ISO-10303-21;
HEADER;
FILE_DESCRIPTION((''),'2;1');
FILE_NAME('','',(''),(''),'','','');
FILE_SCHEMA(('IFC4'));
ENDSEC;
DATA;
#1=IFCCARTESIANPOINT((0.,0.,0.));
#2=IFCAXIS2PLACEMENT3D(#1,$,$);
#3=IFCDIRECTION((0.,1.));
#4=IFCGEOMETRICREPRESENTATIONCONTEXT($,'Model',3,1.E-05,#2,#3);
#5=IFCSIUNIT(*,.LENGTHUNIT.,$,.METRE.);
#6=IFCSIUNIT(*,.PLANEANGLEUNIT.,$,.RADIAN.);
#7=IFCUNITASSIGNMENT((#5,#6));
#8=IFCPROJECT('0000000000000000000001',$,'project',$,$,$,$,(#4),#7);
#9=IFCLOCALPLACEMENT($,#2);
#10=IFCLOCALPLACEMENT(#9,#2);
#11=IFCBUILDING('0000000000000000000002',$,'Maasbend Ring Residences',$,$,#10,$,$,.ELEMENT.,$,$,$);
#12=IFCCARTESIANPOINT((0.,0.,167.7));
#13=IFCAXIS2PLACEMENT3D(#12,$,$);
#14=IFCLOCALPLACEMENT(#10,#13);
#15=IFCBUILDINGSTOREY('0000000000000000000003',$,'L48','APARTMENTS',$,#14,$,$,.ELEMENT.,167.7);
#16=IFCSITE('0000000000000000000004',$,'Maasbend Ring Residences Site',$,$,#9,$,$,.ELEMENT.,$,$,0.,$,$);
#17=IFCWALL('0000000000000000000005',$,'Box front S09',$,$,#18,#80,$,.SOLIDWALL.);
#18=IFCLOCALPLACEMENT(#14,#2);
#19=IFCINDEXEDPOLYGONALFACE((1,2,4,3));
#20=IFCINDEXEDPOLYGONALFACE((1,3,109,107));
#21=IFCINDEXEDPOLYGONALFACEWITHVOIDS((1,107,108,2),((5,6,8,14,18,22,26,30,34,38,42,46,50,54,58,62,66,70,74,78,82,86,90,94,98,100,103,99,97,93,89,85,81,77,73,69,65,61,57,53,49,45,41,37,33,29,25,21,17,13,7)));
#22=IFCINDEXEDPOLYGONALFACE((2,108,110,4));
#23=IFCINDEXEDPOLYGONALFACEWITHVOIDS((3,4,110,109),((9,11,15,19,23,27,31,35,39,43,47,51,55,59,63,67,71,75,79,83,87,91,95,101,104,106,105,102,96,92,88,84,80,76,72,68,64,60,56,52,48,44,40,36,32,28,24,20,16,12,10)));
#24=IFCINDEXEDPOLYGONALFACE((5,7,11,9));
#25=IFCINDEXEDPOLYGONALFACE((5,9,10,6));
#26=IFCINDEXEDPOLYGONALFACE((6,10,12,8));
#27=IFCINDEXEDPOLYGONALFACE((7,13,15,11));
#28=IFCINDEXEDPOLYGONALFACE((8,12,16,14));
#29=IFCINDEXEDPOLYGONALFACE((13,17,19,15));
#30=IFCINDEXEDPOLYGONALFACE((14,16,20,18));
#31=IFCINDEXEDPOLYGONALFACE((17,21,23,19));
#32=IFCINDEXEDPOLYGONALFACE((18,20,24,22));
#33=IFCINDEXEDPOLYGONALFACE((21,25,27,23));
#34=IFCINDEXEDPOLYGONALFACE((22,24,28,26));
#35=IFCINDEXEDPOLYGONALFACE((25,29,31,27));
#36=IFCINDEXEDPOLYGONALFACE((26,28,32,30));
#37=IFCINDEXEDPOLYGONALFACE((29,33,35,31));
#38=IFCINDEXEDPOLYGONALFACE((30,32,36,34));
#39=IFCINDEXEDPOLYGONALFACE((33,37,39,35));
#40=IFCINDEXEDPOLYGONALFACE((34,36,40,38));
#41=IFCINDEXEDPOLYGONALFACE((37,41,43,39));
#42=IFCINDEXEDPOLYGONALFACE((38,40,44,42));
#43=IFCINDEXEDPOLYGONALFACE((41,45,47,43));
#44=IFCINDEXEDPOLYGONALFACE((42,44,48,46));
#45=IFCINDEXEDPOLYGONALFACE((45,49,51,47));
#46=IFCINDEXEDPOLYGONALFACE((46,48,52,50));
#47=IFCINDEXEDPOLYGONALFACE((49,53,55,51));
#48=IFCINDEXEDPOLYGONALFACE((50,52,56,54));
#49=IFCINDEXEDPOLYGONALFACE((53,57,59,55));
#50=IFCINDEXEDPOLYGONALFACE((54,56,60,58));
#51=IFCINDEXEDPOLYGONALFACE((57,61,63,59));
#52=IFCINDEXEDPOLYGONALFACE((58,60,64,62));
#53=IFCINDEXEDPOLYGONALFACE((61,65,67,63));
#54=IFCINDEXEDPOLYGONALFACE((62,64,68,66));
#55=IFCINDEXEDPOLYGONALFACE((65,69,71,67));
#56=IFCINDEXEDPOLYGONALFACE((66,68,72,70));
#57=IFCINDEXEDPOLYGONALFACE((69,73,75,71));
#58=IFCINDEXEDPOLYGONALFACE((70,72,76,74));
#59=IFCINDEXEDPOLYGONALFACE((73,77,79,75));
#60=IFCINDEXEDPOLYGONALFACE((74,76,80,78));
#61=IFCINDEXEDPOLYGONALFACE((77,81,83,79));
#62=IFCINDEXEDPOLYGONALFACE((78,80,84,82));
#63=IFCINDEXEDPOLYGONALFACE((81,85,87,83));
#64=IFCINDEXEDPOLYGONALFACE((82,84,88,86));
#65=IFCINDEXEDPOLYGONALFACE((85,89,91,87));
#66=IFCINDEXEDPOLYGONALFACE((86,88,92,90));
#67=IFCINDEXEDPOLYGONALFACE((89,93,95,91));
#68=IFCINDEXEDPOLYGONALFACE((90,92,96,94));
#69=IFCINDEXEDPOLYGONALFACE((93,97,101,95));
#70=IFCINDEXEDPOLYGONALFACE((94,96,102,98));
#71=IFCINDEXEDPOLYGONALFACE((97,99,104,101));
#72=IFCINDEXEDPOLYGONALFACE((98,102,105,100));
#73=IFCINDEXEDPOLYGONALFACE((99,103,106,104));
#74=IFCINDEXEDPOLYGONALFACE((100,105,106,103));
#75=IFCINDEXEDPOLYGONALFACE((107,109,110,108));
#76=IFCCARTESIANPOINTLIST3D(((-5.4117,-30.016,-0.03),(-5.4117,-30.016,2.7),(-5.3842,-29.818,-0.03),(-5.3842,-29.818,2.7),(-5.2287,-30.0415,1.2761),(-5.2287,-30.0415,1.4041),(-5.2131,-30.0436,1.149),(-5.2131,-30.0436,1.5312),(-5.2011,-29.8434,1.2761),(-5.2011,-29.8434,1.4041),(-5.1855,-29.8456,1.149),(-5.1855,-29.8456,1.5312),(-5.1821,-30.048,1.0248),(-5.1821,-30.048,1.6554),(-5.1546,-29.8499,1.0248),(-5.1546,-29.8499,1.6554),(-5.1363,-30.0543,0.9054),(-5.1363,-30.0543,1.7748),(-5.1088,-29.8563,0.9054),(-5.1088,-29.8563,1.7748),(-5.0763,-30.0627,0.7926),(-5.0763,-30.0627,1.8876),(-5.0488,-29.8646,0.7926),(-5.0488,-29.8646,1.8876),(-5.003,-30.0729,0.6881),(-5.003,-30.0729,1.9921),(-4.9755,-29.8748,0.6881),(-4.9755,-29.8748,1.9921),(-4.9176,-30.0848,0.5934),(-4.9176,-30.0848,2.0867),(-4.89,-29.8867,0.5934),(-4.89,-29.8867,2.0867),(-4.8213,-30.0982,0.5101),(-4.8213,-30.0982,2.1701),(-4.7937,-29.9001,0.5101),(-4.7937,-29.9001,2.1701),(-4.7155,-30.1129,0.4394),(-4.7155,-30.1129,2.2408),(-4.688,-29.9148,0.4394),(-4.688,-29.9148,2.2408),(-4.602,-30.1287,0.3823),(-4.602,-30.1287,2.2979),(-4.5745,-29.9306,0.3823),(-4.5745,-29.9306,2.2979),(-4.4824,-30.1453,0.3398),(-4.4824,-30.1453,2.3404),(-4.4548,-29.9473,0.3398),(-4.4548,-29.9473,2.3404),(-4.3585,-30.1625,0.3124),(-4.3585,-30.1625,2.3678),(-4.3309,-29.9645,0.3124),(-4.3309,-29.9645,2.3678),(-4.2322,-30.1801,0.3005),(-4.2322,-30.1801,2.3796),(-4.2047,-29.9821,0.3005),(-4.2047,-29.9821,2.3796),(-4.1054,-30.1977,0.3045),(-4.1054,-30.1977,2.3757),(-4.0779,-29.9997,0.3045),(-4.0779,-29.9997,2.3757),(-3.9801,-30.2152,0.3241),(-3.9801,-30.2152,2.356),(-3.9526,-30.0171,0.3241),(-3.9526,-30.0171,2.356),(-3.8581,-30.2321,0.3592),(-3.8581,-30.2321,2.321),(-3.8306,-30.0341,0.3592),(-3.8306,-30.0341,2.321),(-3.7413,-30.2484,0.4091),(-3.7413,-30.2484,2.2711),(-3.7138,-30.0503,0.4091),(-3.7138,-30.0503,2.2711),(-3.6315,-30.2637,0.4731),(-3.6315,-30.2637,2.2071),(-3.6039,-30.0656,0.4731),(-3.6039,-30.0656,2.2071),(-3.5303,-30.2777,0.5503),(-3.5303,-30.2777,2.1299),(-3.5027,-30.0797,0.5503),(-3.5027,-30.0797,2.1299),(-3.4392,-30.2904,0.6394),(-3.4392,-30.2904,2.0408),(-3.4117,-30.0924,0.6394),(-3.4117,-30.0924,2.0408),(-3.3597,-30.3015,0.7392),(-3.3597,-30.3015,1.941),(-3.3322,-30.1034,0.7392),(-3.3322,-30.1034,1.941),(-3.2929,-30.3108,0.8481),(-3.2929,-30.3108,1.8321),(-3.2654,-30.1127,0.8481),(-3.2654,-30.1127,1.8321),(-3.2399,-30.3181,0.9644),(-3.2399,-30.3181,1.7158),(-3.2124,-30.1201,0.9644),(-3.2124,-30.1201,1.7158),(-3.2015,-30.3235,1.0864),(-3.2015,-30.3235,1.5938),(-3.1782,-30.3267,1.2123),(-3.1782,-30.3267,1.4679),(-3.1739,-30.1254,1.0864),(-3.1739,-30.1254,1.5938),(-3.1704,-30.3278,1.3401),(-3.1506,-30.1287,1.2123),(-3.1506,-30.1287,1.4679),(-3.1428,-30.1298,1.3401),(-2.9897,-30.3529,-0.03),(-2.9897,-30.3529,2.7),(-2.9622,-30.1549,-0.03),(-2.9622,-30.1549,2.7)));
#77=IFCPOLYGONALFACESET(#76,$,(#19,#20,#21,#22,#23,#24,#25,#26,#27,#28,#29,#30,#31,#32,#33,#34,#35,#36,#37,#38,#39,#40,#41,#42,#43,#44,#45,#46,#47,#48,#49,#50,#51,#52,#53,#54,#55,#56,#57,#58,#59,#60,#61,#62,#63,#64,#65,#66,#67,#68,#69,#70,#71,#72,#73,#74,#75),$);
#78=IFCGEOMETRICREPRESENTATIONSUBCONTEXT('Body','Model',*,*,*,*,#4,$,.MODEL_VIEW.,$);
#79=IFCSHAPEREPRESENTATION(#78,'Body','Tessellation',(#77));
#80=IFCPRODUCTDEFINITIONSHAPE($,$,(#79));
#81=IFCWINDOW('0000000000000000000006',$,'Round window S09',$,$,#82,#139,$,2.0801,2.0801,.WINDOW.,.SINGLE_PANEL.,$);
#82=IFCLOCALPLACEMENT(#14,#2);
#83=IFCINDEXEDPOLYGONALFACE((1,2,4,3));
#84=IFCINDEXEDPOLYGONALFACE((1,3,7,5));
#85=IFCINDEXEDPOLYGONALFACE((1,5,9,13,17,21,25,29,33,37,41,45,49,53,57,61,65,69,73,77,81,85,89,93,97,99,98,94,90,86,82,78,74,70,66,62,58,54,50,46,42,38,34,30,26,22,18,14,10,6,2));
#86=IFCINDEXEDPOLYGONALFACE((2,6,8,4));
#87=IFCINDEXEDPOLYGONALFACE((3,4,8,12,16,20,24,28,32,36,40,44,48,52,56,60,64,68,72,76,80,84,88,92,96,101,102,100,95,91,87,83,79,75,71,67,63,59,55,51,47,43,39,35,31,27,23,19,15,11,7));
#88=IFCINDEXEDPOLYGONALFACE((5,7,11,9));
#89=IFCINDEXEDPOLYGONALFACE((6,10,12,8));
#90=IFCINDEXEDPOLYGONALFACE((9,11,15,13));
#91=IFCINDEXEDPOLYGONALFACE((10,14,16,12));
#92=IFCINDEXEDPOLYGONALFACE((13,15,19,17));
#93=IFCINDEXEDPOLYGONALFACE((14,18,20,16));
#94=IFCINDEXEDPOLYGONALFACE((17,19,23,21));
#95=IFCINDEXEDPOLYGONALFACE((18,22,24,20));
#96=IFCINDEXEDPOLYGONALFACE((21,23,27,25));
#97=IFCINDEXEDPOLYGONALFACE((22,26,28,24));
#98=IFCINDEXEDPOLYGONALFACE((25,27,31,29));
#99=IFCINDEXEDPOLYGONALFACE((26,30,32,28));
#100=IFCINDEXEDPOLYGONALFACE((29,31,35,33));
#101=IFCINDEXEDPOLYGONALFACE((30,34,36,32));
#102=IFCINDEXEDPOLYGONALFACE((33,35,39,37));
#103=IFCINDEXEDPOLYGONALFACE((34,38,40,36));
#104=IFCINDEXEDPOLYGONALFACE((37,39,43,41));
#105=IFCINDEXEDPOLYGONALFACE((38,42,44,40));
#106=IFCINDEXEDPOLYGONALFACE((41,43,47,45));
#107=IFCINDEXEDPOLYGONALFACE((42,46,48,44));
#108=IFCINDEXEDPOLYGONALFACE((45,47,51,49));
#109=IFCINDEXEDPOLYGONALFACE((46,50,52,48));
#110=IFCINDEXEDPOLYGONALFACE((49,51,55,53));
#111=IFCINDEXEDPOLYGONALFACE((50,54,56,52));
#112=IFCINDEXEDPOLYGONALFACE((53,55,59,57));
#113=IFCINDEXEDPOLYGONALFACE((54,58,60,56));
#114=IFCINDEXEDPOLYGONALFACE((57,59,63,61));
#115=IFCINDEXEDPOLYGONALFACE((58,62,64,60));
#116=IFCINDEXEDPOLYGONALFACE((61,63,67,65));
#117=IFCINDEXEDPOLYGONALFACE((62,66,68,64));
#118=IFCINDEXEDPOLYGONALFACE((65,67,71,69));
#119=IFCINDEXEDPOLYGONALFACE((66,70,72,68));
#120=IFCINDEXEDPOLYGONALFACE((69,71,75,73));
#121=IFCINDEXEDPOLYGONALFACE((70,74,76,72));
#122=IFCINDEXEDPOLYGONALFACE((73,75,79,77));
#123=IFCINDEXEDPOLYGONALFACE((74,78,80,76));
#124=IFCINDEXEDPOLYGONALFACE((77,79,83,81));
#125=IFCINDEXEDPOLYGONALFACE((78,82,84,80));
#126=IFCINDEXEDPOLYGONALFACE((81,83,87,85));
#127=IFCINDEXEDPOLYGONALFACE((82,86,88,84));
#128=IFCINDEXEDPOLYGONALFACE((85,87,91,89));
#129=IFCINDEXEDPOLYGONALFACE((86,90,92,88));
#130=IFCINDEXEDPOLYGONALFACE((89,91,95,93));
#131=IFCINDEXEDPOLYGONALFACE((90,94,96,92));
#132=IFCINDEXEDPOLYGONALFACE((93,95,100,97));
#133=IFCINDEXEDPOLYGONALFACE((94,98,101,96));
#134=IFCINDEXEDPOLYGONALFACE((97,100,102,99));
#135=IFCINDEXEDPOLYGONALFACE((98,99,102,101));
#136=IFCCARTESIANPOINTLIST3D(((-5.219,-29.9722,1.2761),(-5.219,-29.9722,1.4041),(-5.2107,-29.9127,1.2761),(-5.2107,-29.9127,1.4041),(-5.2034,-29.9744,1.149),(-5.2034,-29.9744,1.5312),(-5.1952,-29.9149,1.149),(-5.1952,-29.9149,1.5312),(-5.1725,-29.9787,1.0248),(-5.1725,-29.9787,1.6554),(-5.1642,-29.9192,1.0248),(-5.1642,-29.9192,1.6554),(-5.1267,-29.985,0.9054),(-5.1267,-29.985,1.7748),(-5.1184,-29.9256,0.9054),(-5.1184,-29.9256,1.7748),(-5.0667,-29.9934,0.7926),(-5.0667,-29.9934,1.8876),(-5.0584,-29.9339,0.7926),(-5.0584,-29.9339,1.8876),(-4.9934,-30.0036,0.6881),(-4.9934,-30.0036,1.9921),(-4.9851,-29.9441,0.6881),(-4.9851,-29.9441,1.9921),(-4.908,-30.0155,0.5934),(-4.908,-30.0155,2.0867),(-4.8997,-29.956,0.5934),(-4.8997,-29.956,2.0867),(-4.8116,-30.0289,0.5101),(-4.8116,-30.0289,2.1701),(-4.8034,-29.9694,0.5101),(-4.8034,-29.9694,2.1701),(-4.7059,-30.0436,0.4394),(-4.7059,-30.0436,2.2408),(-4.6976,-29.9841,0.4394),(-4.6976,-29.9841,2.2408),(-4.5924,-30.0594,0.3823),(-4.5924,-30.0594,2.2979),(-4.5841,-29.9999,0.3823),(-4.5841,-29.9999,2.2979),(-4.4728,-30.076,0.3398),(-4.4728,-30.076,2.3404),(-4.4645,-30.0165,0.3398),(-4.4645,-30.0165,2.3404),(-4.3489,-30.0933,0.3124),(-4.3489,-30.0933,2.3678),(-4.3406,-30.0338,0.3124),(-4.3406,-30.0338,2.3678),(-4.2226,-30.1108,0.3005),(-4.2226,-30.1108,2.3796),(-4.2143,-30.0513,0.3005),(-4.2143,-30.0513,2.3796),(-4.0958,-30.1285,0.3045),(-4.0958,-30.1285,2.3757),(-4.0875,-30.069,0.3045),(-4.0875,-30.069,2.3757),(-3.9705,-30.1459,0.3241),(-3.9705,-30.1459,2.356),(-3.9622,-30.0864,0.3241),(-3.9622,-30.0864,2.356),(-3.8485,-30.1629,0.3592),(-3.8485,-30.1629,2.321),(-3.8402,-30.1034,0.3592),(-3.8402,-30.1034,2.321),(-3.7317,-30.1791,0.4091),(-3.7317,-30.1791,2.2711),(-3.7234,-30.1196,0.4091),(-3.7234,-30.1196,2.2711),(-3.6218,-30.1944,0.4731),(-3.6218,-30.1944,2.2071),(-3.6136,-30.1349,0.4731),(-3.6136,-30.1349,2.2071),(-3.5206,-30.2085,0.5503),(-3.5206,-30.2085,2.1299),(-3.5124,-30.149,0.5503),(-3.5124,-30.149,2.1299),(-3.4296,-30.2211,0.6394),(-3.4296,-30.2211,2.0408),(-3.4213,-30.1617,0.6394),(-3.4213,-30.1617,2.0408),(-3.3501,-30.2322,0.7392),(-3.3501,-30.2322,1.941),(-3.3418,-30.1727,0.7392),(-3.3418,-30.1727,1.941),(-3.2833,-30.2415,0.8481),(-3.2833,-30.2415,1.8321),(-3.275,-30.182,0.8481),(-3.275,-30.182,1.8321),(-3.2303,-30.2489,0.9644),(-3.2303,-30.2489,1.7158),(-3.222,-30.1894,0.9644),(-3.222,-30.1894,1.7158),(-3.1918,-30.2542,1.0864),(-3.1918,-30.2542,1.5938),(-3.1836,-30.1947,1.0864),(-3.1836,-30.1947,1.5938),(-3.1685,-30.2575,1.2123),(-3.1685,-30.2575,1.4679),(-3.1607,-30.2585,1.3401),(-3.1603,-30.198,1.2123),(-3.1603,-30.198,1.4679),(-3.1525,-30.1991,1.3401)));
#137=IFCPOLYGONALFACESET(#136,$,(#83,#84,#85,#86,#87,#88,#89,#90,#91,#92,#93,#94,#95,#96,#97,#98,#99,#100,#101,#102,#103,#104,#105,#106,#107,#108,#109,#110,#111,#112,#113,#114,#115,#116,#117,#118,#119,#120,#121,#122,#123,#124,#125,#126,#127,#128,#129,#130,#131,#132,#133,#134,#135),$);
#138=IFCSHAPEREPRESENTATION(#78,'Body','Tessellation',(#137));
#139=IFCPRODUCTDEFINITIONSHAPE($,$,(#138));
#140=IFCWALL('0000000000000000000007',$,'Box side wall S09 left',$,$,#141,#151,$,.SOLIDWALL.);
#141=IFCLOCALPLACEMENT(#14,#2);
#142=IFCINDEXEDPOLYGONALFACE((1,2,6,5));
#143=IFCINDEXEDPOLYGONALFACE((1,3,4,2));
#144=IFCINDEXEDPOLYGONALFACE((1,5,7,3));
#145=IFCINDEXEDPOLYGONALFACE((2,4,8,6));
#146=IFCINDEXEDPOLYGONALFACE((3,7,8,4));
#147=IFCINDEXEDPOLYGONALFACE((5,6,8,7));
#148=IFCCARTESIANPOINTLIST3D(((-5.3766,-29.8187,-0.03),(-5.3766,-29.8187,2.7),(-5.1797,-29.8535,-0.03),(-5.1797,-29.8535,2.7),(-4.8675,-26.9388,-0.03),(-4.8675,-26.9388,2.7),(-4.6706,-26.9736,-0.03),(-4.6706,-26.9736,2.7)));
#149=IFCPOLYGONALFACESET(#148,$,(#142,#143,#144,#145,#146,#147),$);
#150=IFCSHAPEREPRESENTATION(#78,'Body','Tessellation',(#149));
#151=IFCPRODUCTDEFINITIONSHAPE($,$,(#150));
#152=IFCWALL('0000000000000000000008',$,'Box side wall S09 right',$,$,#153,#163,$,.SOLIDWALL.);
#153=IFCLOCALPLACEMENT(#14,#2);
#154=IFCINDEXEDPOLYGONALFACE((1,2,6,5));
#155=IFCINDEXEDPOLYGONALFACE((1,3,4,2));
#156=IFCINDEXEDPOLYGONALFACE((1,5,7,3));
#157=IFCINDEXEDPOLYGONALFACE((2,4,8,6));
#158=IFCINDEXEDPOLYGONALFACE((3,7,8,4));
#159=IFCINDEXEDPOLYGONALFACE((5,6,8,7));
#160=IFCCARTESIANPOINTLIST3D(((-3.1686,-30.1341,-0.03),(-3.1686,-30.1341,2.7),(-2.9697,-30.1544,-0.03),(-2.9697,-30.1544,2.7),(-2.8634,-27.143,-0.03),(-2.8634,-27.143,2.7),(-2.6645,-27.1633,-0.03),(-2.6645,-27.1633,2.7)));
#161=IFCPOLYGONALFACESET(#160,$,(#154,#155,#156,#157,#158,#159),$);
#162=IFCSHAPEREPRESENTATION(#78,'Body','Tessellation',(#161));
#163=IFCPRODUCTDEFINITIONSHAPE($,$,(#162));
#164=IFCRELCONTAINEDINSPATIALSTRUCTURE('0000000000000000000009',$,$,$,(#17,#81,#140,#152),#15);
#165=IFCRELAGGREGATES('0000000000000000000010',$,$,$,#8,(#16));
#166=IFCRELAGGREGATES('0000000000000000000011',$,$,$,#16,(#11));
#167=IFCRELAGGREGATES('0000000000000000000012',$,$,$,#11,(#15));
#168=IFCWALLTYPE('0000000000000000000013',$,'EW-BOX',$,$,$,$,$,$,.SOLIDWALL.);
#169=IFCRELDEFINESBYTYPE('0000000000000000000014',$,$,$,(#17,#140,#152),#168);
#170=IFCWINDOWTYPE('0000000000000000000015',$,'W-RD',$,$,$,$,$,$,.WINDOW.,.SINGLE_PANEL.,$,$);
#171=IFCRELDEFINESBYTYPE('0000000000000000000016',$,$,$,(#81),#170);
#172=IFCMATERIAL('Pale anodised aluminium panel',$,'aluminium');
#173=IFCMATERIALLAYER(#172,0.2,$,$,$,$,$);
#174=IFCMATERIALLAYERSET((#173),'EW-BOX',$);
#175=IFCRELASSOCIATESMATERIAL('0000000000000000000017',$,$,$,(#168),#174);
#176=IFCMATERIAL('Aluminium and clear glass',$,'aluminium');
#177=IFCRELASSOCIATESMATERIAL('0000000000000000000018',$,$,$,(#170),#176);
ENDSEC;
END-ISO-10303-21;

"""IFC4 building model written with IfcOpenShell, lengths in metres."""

from ifc_helpers import new_model, si_unit, direction, frame, frame_2d, origin, place, context, subcontext, project, spatial, rectangle, circle, extrude, material, layer, layer_set, type_object, element, fill, save


model = new_model("IFC4")

# Units and contexts
model_context = context("Model", 3, precision=1e-05, world=origin(), true_north=direction((0.0, 1.0)))
body_context = subcontext(model_context, "Body", "Model", "MODEL_VIEW")
ifc_project = project(units=[si_unit("LENGTHUNIT", "METRE"), si_unit("PLANEANGLEUNIT", "RADIAN")], contexts=[model_context])

# Site, building, storey
site_placement = place(None, origin())
site = spatial("IfcSite", under=ifc_project, at=site_placement, Name="Maasbend Ring Residences Site", CompositionType="ELEMENT", RefElevation=0.0)
building_placement = place(site_placement, origin())
building = spatial("IfcBuilding", under=site, at=building_placement, Name="Maasbend Ring Residences", CompositionType="ELEMENT")
storey_placement = place(building_placement, frame((0.0, 0.0, 167.7)))
storey = spatial("IfcBuildingStorey", under=building, at=storey_placement, Name="L48", Description="APARTMENTS", CompositionType="ELEMENT", Elevation=167.7)

# Shared definitions
ifc_material_1 = material(Name="Pale anodised aluminium panel", Category="aluminium")
ifc_layer_1 = layer(ifc_material_1, 0.2)
ifc_layer_set_1 = layer_set([ifc_layer_1], Name="EW-BOX")
wall_type_1 = type_object("IfcWallType", Name="EW-BOX", PredefinedType="SOLIDWALL", material=ifc_layer_set_1)

# Wall, opening, window
wall_1_placement = place(storey_placement, frame((-5.3979, -29.917, -0.03), z_axis=(0.0, 0.0, 1.0), x_axis=(0.990462, -0.137786, 0.0)))
wall_1 = element("IfcWall", 1, at=wall_1_placement, inside=storey, type_object=wall_type_1, Name="Box front S09", PredefinedType="SOLIDWALL", context=body_context, shape_type="SweptSolid", body=[
    extrude(rectangle(XDim=2.4453, YDim=0.2, at=frame_2d((1.2227, 0.0))), origin(), (0.0, 0.0, 1.0), 2.73),
])
opening_1_placement = place(wall_1_placement, frame((0.1829, 0.0, 0.3301)))
opening_1 = element("IfcOpeningElement", 2, at=opening_1_placement, cuts=wall_1, PredefinedType="OPENING", context=body_context, shape_type="SweptSolid", body=[
    extrude(circle(Radius=1.04, at=frame_2d((1.04, 1.04))), frame((0.0, 0.1099, 0.0), z_axis=(0.0, -1.0, 0.0), x_axis=(1.0, 0.0, 0.0)), (0.0, 0.0, 1.0), 0.22),
])
ifc_material_2 = material(Name="Aluminium and clear glass", Category="aluminium")
window_type_1 = type_object("IfcWindowType", Name="W-RD", PartitioningType="SINGLE_PANEL", PredefinedType="WINDOW", material=ifc_material_2)
window_1_placement = place(opening_1_placement, origin())
window_1 = element("IfcWindow", 3, at=window_1_placement, inside=storey, type_object=window_type_1, Name="Round window S09", OverallHeight=2.0801, OverallWidth=2.0801, PartitioningType="SINGLE_PANEL", PredefinedType="WINDOW", context=body_context, shape_type="SweptSolid", body=[
    extrude(circle(Radius=1.04, at=frame_2d((1.04, 1.04))), frame((0.0, 0.03, 0.0), z_axis=(0.0, -1.0, 0.0), x_axis=(1.0, 0.0, 0.0)), (0.0, 0.0, 1.0), 0.0601),
])
fill(opening_1, window_1)

# Walls
wall_2_placement = place(storey_placement, frame((-4.769, -26.9561, -0.03), z_axis=(0.0, 0.0, 1.0), x_axis=(-0.174057, -0.984736, 0.0)))
element("IfcWall", 4, at=wall_2_placement, inside=storey, type_object=wall_type_1, Name="Box side wall S09 left", PredefinedType="SOLIDWALL", context=body_context, shape_type="SweptSolid", body=[
    extrude(rectangle(XDim=2.9246, YDim=0.2, at=frame_2d((1.4624, 0.0))), origin(), (0.0, 0.0, 1.0), 2.73),
])
wall_3_placement = place(storey_placement, frame((-2.7639, -27.1531, -0.03), z_axis=(0.0, 0.0, 1.0), x_axis=(-0.101505, -0.994835, 0.0)))
element("IfcWall", 5, at=wall_3_placement, inside=storey, type_object=wall_type_1, Name="Box side wall S09 right", PredefinedType="SOLIDWALL", context=body_context, shape_type="SweptSolid", body=[
    extrude(rectangle(XDim=3.0066, YDim=0.2, at=frame_2d((1.5034, 0.0))), origin(), (0.0, 0.0, 1.0), 2.73),
])

save(model, "model.ifc")
